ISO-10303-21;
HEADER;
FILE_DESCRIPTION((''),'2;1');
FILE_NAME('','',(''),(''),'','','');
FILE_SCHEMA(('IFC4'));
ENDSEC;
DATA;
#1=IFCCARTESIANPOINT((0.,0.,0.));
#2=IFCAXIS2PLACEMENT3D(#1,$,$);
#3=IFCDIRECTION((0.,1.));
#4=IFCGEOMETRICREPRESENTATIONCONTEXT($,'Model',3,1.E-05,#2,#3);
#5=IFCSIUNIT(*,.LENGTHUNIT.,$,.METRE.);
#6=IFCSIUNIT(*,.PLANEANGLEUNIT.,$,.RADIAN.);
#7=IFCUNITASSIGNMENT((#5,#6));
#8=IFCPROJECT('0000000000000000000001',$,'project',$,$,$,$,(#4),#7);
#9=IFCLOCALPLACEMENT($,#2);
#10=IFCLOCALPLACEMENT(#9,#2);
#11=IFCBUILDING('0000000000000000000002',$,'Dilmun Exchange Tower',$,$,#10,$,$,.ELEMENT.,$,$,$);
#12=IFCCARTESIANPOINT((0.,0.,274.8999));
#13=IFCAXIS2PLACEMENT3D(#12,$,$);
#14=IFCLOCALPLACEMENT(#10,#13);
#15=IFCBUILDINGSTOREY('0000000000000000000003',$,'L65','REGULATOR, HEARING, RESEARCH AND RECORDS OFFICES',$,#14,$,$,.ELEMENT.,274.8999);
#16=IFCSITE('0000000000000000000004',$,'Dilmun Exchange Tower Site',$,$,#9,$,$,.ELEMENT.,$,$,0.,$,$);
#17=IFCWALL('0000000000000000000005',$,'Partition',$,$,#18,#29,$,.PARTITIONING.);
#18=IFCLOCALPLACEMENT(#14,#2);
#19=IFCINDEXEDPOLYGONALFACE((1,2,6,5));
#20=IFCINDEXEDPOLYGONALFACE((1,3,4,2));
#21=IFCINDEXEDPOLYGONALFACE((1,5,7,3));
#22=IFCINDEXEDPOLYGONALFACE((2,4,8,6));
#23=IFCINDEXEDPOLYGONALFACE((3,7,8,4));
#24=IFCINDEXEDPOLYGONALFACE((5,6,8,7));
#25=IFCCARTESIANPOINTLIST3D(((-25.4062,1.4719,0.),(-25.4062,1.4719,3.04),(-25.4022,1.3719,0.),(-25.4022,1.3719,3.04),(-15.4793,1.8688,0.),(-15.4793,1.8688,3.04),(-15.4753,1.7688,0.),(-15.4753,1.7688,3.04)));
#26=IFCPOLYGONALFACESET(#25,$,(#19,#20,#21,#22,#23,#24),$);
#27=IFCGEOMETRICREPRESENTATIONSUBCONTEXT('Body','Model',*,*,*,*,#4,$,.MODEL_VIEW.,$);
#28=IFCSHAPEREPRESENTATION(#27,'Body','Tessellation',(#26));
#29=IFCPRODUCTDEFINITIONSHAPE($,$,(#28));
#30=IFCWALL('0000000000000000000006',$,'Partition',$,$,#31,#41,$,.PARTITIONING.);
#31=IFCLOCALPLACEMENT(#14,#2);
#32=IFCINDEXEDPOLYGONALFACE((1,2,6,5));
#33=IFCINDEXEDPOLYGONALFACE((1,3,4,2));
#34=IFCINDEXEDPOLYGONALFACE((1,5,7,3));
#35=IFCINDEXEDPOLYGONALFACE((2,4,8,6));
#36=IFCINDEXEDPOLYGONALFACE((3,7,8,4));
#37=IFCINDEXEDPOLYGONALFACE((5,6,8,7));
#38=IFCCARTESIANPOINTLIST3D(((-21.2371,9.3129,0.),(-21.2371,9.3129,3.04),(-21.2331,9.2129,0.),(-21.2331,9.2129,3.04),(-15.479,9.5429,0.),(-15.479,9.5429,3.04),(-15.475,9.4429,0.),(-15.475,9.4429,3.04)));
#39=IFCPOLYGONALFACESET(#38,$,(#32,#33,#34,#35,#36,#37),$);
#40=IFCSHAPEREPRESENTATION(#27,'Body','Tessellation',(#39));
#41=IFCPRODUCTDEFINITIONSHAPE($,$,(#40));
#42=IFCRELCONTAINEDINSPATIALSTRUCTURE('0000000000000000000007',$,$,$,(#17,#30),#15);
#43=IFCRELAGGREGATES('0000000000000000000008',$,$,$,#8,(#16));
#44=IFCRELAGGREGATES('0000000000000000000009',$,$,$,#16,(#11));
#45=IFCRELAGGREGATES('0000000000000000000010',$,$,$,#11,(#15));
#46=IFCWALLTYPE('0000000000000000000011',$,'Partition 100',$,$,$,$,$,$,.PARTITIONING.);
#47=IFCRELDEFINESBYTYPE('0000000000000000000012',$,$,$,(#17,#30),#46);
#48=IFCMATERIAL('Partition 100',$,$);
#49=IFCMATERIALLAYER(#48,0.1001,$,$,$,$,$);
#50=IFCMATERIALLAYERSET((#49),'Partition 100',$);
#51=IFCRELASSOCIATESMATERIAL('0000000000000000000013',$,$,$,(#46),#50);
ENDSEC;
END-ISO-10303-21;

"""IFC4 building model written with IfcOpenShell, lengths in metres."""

from ifc_helpers import new_model, si_unit, direction, frame, frame_2d, origin, place, context, subcontext, project, spatial, rectangle, extrude, material, layer, layer_set, type_object, element, save


model = new_model("IFC4")

# Units and contexts
model_context = context("Model", 3, precision=1e-05, world=origin(), true_north=direction((0.0, 1.0)))
body_context = subcontext(model_context, "Body", "Model", "MODEL_VIEW")
ifc_project = project(units=[si_unit("LENGTHUNIT", "METRE"), si_unit("PLANEANGLEUNIT", "RADIAN")], contexts=[model_context])

# Site, building, storey
site_placement = place(None, origin())
site = spatial("IfcSite", under=ifc_project, at=site_placement, Name="Dilmun Exchange Tower Site", CompositionType="ELEMENT", RefElevation=0.0)
building_placement = place(site_placement, origin())
building = spatial("IfcBuilding", under=site, at=building_placement, Name="Dilmun Exchange Tower", CompositionType="ELEMENT")
storey_placement = place(building_placement, frame((0.0, 0.0, 274.8999)))
storey = spatial("IfcBuildingStorey", under=building, at=storey_placement, Name="L65", Description="REGULATOR, HEARING, RESEARCH AND RECORDS OFFICES", CompositionType="ELEMENT", Elevation=274.8999)

# Walls
ifc_material_1 = material(Name="Partition 100")
ifc_layer_1 = layer(ifc_material_1, 0.1001)
ifc_layer_set_1 = layer_set([ifc_layer_1], Name="Partition 100")
wall_type_1 = type_object("IfcWallType", Name="Partition 100", PredefinedType="PARTITIONING", material=ifc_layer_set_1)
wall_1_placement = place(storey_placement, frame((-25.4041, 1.4219, 0.0), z_axis=(0.0, 0.0, 1.0), x_axis=(0.999201, 0.039957, 0.0)))
element("IfcWall", 1, at=wall_1_placement, inside=storey, type_object=wall_type_1, Name="Partition", PredefinedType="PARTITIONING", context=body_context, shape_type="SweptSolid", body=[
    extrude(rectangle(XDim=9.9348, YDim=0.1001, at=frame_2d((4.9673, 0.0))), origin(), (0.0, 0.0, 1.0), 3.04),
])
wall_2_placement = place(storey_placement, frame((-21.2351, 9.2629, 0.0), z_axis=(0.0, 0.0, 1.0), x_axis=(0.999203, 0.039909, 0.0)))
element("IfcWall", 2, at=wall_2_placement, inside=storey, type_object=wall_type_1, Name="Partition", PredefinedType="PARTITIONING", context=body_context, shape_type="SweptSolid", body=[
    extrude(rectangle(XDim=5.7627, YDim=0.1001, at=frame_2d((2.8813, 0.0))), origin(), (0.0, 0.0, 1.0), 3.04),
])

save(model, "model.ifc")
